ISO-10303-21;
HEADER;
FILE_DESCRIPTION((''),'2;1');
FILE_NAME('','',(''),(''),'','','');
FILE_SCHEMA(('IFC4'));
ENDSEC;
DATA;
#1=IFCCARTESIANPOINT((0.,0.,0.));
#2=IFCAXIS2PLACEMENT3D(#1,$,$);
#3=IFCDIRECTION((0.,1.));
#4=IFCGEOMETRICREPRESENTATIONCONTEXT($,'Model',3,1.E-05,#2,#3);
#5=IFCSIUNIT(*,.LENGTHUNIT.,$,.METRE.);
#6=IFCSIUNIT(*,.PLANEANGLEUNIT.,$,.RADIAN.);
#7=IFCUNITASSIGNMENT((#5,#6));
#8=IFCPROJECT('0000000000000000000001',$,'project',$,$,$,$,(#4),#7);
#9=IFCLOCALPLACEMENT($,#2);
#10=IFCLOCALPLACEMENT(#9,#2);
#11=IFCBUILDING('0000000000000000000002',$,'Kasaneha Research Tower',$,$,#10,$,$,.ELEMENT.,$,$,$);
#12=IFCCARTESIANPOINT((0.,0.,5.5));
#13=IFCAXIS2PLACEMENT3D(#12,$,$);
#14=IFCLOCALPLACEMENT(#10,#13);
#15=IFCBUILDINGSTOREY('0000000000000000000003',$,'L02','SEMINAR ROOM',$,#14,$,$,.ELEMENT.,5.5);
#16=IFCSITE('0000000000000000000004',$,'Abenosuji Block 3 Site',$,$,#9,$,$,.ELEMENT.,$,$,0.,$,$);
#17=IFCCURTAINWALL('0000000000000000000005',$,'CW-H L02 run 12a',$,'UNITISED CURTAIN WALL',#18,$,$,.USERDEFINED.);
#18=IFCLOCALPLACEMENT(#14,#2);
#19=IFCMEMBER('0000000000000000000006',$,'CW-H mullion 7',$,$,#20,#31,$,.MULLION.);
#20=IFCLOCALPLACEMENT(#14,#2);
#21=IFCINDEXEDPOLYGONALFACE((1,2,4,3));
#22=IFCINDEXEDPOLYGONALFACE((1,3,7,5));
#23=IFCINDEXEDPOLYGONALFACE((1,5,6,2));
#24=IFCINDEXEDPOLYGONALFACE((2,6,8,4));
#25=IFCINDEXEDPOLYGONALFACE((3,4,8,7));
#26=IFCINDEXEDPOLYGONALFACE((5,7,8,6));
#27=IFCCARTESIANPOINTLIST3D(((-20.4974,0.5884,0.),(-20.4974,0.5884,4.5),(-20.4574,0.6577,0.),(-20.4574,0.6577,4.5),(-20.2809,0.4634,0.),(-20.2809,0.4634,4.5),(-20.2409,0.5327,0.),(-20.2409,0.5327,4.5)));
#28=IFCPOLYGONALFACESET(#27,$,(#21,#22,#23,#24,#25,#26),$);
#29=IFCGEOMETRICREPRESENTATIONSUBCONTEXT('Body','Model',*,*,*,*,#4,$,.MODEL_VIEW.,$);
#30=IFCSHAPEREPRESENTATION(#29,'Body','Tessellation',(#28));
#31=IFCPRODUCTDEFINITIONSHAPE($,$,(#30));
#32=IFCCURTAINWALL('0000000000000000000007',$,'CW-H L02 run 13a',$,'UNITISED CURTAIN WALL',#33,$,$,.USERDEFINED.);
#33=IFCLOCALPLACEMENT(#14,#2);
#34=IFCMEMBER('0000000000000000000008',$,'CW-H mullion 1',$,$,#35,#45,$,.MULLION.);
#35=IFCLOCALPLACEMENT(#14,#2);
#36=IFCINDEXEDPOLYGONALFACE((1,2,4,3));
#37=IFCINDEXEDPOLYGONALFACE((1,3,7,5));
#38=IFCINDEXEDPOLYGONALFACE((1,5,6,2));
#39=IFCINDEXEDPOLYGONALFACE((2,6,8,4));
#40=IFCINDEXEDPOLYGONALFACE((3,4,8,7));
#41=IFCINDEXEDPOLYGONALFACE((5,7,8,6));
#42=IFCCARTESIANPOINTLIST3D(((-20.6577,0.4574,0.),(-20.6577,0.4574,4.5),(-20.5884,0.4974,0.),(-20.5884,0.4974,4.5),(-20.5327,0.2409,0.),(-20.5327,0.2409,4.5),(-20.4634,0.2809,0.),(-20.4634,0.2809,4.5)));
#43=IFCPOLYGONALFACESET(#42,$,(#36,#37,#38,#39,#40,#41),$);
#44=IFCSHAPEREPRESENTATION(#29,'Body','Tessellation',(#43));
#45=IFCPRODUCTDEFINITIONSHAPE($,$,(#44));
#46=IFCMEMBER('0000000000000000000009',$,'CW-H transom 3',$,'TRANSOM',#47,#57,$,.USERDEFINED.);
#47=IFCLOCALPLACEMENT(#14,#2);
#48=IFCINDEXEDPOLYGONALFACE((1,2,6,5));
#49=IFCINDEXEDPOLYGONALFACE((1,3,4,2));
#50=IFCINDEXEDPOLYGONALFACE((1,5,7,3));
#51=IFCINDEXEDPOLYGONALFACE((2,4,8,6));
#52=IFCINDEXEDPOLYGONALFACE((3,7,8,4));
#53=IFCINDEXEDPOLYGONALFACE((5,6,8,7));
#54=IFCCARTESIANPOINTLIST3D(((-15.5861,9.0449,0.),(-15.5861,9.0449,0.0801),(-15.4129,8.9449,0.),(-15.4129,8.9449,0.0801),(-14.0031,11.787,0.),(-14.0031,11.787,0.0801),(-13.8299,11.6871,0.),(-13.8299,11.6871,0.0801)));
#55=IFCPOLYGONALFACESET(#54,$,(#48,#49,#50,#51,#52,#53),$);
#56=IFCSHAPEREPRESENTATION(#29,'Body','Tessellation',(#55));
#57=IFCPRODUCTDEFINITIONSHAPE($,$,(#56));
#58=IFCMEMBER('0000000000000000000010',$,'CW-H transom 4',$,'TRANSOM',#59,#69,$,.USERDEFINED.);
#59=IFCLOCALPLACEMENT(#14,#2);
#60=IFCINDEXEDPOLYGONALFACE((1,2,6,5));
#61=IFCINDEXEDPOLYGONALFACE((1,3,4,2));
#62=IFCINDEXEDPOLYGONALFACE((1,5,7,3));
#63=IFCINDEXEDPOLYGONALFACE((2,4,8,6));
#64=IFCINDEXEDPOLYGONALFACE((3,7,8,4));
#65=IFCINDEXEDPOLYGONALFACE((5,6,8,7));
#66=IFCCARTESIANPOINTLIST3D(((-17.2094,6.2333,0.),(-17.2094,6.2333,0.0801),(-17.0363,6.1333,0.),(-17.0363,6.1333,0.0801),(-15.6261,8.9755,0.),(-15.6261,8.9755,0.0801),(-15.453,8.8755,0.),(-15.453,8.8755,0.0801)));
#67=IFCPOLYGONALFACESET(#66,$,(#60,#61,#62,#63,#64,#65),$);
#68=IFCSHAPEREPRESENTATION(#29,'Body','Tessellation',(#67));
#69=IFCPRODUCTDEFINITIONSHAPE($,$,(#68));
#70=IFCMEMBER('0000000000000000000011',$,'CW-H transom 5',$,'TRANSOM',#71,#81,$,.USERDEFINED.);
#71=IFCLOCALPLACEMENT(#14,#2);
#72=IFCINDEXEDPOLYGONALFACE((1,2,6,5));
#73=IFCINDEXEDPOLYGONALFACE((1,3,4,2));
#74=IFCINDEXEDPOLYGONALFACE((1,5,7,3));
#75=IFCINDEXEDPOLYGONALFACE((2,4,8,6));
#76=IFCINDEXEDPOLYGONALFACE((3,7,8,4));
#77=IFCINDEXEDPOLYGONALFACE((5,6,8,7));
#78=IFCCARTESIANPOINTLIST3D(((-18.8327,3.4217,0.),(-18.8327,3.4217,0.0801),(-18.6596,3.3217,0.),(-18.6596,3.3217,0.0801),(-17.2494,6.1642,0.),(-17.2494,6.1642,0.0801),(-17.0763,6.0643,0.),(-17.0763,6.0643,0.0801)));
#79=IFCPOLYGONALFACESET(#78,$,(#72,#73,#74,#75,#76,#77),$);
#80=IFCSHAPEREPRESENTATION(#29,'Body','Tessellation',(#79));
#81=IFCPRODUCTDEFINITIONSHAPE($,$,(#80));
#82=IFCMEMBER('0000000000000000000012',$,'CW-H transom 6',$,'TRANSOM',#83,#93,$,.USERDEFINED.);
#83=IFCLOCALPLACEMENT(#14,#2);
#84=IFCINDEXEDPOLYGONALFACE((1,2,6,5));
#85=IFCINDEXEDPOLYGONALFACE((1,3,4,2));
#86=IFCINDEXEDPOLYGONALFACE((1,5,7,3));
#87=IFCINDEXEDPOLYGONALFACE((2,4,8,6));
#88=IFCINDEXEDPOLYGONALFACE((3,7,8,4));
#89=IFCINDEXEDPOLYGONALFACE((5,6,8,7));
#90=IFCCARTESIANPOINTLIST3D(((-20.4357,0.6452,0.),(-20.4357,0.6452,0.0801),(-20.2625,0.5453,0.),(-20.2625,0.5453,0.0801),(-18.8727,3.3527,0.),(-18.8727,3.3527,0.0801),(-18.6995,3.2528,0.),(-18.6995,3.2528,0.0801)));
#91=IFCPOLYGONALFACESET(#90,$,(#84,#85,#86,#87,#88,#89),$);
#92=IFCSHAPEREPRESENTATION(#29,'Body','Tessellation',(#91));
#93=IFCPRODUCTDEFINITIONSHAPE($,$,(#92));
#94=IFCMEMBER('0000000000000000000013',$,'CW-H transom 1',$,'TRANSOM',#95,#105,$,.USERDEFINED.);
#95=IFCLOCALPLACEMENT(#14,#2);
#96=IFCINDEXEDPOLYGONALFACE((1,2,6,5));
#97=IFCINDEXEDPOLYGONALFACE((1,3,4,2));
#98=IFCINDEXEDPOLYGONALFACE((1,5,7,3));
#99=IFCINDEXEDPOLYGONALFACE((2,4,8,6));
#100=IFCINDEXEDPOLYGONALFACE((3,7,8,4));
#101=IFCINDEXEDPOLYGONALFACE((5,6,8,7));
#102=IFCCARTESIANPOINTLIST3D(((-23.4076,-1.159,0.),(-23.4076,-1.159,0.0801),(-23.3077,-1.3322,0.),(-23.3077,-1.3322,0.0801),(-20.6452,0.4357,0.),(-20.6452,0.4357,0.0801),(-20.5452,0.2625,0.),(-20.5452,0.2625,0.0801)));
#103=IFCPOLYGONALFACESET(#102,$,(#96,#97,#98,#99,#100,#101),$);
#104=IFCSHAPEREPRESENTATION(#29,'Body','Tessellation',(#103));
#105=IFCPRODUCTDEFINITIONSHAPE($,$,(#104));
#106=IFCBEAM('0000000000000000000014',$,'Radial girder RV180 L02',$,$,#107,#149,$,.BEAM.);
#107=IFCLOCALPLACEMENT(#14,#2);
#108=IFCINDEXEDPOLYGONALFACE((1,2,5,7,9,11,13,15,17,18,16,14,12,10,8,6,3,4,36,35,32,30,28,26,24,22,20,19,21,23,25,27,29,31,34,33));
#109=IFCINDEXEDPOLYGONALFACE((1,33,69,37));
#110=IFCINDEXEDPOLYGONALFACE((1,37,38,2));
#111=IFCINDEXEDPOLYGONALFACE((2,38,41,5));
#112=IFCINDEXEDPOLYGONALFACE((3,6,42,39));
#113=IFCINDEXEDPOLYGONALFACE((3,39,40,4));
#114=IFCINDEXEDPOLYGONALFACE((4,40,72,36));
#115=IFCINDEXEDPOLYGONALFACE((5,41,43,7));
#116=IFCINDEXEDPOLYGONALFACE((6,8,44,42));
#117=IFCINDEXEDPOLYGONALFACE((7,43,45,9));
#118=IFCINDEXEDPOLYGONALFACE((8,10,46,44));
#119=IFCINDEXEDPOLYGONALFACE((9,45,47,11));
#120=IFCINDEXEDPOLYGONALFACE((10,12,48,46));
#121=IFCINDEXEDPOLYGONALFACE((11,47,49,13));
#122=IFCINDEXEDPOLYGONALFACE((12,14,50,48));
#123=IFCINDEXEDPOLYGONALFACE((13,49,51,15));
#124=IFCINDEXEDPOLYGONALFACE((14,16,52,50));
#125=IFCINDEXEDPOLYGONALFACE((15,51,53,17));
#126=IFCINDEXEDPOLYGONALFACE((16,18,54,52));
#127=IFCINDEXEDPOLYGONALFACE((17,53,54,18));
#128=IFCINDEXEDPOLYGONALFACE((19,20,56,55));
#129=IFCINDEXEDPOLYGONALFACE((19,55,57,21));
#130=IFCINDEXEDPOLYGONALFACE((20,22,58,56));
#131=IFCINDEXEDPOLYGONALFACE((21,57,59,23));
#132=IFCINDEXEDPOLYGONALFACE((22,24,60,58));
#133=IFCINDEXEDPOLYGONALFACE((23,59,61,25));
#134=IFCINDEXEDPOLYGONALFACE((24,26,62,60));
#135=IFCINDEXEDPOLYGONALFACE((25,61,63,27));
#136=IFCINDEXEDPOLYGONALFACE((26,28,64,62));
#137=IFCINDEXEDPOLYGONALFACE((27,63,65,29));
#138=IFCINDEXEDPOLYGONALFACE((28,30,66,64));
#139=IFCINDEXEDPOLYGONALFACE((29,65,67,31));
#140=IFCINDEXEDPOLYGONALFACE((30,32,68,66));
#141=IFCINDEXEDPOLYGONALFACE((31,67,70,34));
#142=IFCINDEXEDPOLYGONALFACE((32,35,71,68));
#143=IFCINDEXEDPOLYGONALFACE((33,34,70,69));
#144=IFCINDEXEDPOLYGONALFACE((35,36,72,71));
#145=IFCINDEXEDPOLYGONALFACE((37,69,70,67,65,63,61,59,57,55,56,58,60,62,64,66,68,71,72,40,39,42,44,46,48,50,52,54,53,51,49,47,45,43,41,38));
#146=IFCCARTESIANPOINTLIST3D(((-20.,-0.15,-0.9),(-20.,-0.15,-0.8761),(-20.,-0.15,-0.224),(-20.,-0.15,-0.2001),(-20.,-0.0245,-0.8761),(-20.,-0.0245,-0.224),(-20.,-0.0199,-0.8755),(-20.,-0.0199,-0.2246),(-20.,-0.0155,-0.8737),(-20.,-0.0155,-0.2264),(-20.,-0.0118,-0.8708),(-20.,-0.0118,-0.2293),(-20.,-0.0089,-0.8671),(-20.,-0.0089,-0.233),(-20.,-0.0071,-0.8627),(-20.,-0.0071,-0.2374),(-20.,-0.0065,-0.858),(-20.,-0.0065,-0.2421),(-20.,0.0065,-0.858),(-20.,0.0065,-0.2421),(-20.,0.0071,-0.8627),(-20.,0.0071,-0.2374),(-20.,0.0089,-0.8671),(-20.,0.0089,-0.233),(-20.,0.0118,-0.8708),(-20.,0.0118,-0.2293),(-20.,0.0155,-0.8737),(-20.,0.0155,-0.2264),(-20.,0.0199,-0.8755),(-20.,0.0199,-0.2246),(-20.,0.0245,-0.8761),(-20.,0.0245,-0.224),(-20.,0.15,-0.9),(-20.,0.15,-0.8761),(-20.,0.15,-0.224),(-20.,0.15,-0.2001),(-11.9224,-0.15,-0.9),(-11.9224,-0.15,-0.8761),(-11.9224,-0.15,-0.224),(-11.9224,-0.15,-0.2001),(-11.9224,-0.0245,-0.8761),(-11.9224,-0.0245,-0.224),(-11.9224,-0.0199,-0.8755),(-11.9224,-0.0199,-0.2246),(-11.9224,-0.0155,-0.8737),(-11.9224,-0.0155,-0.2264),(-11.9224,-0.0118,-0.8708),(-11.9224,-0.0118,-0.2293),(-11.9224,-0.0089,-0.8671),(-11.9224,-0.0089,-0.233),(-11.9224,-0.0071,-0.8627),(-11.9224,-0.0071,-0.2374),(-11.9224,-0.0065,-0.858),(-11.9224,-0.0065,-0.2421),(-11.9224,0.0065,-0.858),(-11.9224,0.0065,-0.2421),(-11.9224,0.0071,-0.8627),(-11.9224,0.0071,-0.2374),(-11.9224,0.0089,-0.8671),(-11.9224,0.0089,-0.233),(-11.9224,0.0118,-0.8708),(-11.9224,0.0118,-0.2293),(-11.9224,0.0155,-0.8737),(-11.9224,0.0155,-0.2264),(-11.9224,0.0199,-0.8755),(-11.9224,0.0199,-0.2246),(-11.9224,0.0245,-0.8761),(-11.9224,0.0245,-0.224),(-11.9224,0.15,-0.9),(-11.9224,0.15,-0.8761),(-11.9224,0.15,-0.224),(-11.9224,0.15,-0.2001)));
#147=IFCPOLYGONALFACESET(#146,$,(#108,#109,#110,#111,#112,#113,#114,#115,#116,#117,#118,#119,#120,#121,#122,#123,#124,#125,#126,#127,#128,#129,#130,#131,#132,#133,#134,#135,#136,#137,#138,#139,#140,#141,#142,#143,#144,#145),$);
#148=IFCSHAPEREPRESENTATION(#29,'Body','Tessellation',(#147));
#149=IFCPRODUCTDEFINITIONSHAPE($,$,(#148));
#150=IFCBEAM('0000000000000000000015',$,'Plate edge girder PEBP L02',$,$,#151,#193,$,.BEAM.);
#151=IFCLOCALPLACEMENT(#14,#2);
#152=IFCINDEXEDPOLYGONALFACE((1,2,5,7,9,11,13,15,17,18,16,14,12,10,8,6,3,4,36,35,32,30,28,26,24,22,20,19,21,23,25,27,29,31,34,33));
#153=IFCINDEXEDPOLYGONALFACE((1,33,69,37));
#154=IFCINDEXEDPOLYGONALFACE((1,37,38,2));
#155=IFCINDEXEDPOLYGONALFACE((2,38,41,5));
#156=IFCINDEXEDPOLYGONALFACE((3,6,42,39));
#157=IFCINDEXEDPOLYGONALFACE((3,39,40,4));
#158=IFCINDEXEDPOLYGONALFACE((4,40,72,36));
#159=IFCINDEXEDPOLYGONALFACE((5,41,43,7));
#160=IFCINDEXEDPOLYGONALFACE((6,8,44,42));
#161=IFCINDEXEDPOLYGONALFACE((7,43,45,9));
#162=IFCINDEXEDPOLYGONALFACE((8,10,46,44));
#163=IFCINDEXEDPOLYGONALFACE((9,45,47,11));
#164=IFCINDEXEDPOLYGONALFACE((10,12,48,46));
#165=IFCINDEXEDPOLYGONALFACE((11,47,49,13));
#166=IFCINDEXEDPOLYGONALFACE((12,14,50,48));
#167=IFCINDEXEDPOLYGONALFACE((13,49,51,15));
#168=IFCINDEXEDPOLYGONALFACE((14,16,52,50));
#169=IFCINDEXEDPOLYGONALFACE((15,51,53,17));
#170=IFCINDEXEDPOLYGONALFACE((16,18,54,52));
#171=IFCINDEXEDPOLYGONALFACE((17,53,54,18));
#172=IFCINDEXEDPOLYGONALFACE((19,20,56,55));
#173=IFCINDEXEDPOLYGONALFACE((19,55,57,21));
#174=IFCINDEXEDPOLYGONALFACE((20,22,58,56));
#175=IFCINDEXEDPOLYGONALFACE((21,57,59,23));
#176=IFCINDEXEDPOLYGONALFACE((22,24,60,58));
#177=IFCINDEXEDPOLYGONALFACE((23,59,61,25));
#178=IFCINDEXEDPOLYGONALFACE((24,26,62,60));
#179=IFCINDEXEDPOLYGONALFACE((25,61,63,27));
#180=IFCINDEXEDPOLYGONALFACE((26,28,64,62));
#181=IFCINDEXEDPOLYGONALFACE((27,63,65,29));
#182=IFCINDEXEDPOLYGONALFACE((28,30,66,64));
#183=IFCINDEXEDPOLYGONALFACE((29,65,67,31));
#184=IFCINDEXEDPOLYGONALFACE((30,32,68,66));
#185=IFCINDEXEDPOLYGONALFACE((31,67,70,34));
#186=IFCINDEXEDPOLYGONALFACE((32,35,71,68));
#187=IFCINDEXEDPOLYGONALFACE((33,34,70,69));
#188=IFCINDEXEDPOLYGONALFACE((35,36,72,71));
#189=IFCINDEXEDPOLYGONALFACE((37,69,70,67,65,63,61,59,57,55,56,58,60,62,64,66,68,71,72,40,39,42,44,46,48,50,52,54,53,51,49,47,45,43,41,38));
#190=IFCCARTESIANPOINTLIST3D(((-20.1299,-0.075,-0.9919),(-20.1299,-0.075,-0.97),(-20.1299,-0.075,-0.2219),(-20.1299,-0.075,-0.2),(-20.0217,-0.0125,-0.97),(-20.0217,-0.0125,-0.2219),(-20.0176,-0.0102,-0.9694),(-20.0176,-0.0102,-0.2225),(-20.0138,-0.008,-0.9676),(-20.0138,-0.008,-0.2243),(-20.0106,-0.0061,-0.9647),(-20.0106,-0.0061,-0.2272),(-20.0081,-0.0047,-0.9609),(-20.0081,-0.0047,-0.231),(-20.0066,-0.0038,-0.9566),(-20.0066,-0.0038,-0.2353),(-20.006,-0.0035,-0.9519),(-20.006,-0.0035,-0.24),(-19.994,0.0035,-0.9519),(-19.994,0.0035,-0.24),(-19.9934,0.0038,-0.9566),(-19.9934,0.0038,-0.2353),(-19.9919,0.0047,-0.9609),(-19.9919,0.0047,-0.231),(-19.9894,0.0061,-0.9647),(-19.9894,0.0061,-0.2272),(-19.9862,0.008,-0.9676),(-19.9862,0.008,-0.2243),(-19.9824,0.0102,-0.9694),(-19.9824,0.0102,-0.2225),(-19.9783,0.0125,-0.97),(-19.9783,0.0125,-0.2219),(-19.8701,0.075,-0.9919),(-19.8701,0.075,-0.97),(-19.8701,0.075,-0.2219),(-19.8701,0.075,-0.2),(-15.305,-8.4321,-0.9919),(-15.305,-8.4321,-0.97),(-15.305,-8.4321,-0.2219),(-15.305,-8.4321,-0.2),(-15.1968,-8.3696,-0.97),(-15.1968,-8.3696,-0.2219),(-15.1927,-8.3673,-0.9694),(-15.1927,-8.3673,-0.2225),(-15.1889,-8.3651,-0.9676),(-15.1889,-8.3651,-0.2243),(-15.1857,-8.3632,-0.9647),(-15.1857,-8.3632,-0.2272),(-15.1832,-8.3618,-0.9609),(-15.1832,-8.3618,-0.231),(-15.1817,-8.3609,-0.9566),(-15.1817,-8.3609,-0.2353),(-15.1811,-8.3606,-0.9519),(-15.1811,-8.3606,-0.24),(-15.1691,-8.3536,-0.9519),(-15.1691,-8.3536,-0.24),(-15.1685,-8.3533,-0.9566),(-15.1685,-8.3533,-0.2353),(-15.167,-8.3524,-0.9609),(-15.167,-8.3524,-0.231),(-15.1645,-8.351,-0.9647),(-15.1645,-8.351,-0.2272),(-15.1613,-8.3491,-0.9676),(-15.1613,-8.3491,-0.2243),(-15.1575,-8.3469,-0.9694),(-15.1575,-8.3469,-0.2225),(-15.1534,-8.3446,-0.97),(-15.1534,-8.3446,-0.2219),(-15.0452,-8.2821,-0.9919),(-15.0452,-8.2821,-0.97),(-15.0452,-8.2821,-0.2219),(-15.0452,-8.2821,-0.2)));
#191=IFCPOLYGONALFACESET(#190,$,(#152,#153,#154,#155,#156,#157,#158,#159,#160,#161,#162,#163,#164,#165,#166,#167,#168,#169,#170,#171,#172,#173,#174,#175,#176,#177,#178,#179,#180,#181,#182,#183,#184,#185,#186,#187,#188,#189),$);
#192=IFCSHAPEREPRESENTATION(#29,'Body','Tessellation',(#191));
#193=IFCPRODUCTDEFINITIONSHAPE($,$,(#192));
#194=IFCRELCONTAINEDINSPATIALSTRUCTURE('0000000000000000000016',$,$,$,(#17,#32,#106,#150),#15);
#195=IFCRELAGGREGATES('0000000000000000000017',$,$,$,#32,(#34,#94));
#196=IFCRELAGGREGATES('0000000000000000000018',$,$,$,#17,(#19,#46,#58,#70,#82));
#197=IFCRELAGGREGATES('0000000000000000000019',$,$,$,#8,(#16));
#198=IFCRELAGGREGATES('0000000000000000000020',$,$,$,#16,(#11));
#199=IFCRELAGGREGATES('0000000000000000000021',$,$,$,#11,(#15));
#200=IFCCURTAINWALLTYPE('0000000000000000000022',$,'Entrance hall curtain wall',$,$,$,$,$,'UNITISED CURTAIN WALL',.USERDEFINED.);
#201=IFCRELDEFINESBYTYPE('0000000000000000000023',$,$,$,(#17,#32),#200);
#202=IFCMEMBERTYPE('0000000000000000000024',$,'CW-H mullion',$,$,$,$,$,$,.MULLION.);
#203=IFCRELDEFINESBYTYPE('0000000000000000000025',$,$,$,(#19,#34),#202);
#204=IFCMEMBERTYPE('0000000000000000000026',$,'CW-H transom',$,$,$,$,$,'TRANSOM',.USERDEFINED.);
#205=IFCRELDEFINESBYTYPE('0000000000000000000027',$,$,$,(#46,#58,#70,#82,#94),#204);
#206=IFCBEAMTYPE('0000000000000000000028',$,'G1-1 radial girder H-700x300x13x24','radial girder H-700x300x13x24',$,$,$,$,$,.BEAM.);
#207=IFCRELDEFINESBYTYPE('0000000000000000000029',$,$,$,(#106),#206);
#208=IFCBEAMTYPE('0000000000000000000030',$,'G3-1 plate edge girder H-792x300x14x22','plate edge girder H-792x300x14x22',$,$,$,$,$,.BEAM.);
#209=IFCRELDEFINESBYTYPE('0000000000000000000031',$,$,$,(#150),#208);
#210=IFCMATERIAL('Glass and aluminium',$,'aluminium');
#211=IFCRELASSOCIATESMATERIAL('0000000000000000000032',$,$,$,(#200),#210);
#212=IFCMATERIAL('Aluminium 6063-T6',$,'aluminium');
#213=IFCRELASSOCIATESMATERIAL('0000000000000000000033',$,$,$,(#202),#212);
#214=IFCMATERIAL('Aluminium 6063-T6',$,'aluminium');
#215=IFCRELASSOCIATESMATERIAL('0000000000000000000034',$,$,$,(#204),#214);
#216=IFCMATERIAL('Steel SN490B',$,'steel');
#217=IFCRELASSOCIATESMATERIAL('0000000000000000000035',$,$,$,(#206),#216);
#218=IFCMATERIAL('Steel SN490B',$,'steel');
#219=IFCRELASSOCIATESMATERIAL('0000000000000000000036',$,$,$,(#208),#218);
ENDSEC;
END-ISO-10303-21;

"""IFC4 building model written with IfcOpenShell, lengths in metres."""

from ifc_helpers import new_model, si_unit, direction, frame, origin, origin_2d, place, context, subcontext, project, spatial, rectangle, i_section, extrude, material, material_profile, profile_set, type_object, element, aggregate, save


model = new_model("IFC4")

# Units and contexts
model_context = context("Model", 3, precision=1e-05, world=origin(), true_north=direction((0.0, 1.0)))
body_context = subcontext(model_context, "Body", "Model", "MODEL_VIEW")
ifc_project = project(units=[si_unit("LENGTHUNIT", "METRE"), si_unit("PLANEANGLEUNIT", "RADIAN")], contexts=[model_context])

# Site, building, storey
site_placement = place(None, origin())
site = spatial("IfcSite", under=ifc_project, at=site_placement, Name="Abenosuji Block 3 Site", CompositionType="ELEMENT", RefElevation=0.0)
building_placement = place(site_placement, origin())
building = spatial("IfcBuilding", under=site, at=building_placement, Name="Kasaneha Research Tower", CompositionType="ELEMENT")
storey_placement = place(building_placement, frame((0.0, 0.0, 5.5)))
storey = spatial("IfcBuildingStorey", under=building, at=storey_placement, Name="L02", Description="SEMINAR ROOM", CompositionType="ELEMENT", Elevation=5.5)

# Curtain wall, member
ifc_material_1 = material(Name="Glass and aluminium", Category="aluminium")
curtain_wall_type = type_object("IfcCurtainWallType", Name="Entrance hall curtain wall", ElementType="UNITISED CURTAIN WALL", PredefinedType="USERDEFINED", material=ifc_material_1)
curtain_wall_1_placement = place(storey_placement, origin())
curtain_wall_1 = element("IfcCurtainWall", 1, at=curtain_wall_1_placement, inside=storey, type_object=curtain_wall_type, Name="CW-H L02 run 12a", ObjectType="UNITISED CURTAIN WALL", PredefinedType="USERDEFINED")
ifc_material_2 = material(Name="Aluminium 6063-T6", Category="aluminium")
ifc_material_profile_1 = material_profile(ifc_material_2, rectangle(XDim=0.0801, YDim=0.25, at=origin_2d()), Name="CW-H mullion 80x250")
ifc_profile_set_1 = profile_set([ifc_material_profile_1], Name="Aluminium 6063-T6")
member_type_1 = type_object("IfcMemberType", Name="CW-H mullion", PredefinedType="MULLION", material=ifc_profile_set_1)
member_1_placement = place(storey_placement, frame((-20.3691, 0.5605, 0.0), z_axis=(0.0, 0.0, 1.0), x_axis=(-0.5, -0.866025, 0.0)))
member_1 = element("IfcMember", 2, at=member_1_placement, type_object=member_type_1, Name="CW-H mullion 7", PredefinedType="MULLION", context=body_context, shape_type="SweptSolid", body=[
    extrude(rectangle(XDim=0.0801, YDim=0.25, at=origin_2d()), origin(), (0.0, 0.0, 1.0), 4.5),
])

# Curtain wall, member
curtain_wall_2_placement = place(storey_placement, origin())
curtain_wall_2 = element("IfcCurtainWall", 3, at=curtain_wall_2_placement, inside=storey, type_object=curtain_wall_type, Name="CW-H L02 run 13a", ObjectType="UNITISED CURTAIN WALL", PredefinedType="USERDEFINED")
member_2_placement = place(storey_placement, frame((-20.5605, 0.3691, 0.0), z_axis=(0.0, 0.0, 1.0), x_axis=(-0.866025, -0.5, 0.0)))
member_2 = element("IfcMember", 4, at=member_2_placement, type_object=member_type_1, Name="CW-H mullion 1", PredefinedType="MULLION", context=body_context, shape_type="SweptSolid", body=[
    extrude(rectangle(XDim=0.0801, YDim=0.25, at=origin_2d()), origin(), (0.0, 0.0, 1.0), 4.5),
])

# Members
ifc_material_3 = material(Name="Aluminium 6063-T6", Category="aluminium")
ifc_material_profile_2 = material_profile(ifc_material_3, rectangle(XDim=0.2, YDim=0.0801, at=origin_2d()), Name="CW-H transom 200x80")
ifc_profile_set_2 = profile_set([ifc_material_profile_2], Name="Aluminium 6063-T6")
member_type_2 = type_object("IfcMemberType", Name="CW-H transom", ElementType="TRANSOM", PredefinedType="USERDEFINED", material=ifc_profile_set_2)
member_3_placement = place(storey_placement, frame((-13.9165, 11.7371, 0.04), z_axis=(-0.499954, -0.866052, 0.0), x_axis=(0.866052, -0.499954, 0.0)))
member_3 = element("IfcMember", 5, at=member_3_placement, type_object=member_type_2, Name="CW-H transom 3", ObjectType="TRANSOM", PredefinedType="USERDEFINED", context=body_context, shape_type="SweptSolid", body=[
    extrude(rectangle(XDim=0.2, YDim=0.0801, at=origin_2d()), origin(), (0.0, 0.0, 1.0), 3.1663),
])
member_4_placement = place(storey_placement, frame((-15.5396, 8.9255, 0.04), z_axis=(-0.500012, -0.866019, 0.0), x_axis=(0.866019, -0.500012, 0.0)))
member_4 = element("IfcMember", 6, at=member_4_placement, type_object=member_type_2, Name="CW-H transom 4", ObjectType="TRANSOM", PredefinedType="USERDEFINED", context=body_context, shape_type="SweptSolid", body=[
    extrude(rectangle(XDim=0.2, YDim=0.0801, at=origin_2d()), origin(), (0.0, 0.0, 1.0), 3.1665),
])
member_5_placement = place(storey_placement, frame((-17.1628, 6.1143, 0.04), z_axis=(-0.499978, -0.866038, 0.0), x_axis=(0.866038, -0.499978, 0.0)))
member_5 = element("IfcMember", 7, at=member_5_placement, type_object=member_type_2, Name="CW-H transom 5", ObjectType="TRANSOM", PredefinedType="USERDEFINED", context=body_context, shape_type="SweptSolid", body=[
    extrude(rectangle(XDim=0.2, YDim=0.0801, at=origin_2d()), origin(), (0.0, 0.0, 1.0), 3.1667),
])
member_6_placement = place(storey_placement, frame((-18.7861, 3.3027, 0.04), z_axis=(-0.499952, -0.866053, 0.0), x_axis=(0.866053, -0.499952, 0.0)))
member_6 = element("IfcMember", 8, at=member_6_placement, type_object=member_type_2, Name="CW-H transom 6", ObjectType="TRANSOM", PredefinedType="USERDEFINED", context=body_context, shape_type="SweptSolid", body=[
    extrude(rectangle(XDim=0.2, YDim=0.0801, at=origin_2d()), origin(), (0.0, 0.0, 1.0), 3.1262),
])
member_7_placement = place(storey_placement, frame((-20.5952, 0.3491, 0.04), z_axis=(-0.866049, -0.499959, 0.0), x_axis=(0.499959, -0.866049, 0.0)))
member_7 = element("IfcMember", 9, at=member_7_placement, type_object=member_type_2, Name="CW-H transom 1", ObjectType="TRANSOM", PredefinedType="USERDEFINED", context=body_context, shape_type="SweptSolid", body=[
    extrude(rectangle(XDim=0.2, YDim=0.0801, at=origin_2d()), origin(), (0.0, 0.0, 1.0), 3.1897),
])
aggregate(curtain_wall_2, [member_2, member_7])

# Beams
ifc_material_4 = material(Name="Steel SN490B", Category="steel")
ifc_material_profile_3 = material_profile(ifc_material_4, i_section(OverallWidth=0.3, OverallDepth=0.7, WebThickness=0.0129, FlangeThickness=0.0239, FilletRadius=0.0181, at=origin_2d()), Name="H-700x300x13x24")
ifc_profile_set_3 = profile_set([ifc_material_profile_3], Name="Steel SN490B")
beam_type_1 = type_object("IfcBeamType", Name="G1-1 radial girder H-700x300x13x24", Description="radial girder H-700x300x13x24", PredefinedType="BEAM", material=ifc_profile_set_3)
beam_1_placement = place(storey_placement, frame((-11.9224, 0.0, -0.55), z_axis=(-1.0, 0.0, 0.0), x_axis=(0.0, -1.0, 0.0)))
element("IfcBeam", 10, at=beam_1_placement, inside=storey, type_object=beam_type_1, Name="Radial girder RV180 L02", PredefinedType="BEAM", context=body_context, shape_type="SweptSolid", body=[
    extrude(i_section(OverallWidth=0.3, OverallDepth=0.7, WebThickness=0.0129, FlangeThickness=0.0239, FilletRadius=0.0181, at=origin_2d()), origin(), (0.0, 0.0, 1.0), 8.0776),
])
ifc_material_5 = material(Name="Steel SN490B", Category="steel")
ifc_material_profile_4 = material_profile(ifc_material_5, i_section(OverallWidth=0.3, OverallDepth=0.792, WebThickness=0.0139, FlangeThickness=0.022, FilletRadius=0.0181, at=origin_2d()), Name="H-792x300x14x22")
ifc_profile_set_4 = profile_set([ifc_material_profile_4], Name="Steel SN490B")
beam_type_2 = type_object("IfcBeamType", Name="G3-1 plate edge girder H-792x300x14x22", Description="plate edge girder H-792x300x14x22", PredefinedType="BEAM", material=ifc_profile_set_4)
beam_2_placement = place(storey_placement, frame((-20.0, 0.0, -0.5959), z_axis=(0.499995, -0.866028, 0.0), x_axis=(0.866028, 0.499995, 0.0)))
element("IfcBeam", 11, at=beam_2_placement, inside=storey, type_object=beam_type_2, Name="Plate edge girder PEBP L02", PredefinedType="BEAM", context=body_context, shape_type="SweptSolid", body=[
    extrude(i_section(OverallWidth=0.3, OverallDepth=0.792, WebThickness=0.0139, FlangeThickness=0.022, FilletRadius=0.0181, at=origin_2d()), origin(), (0.0, 0.0, 1.0), 9.6499),
])

aggregate(curtain_wall_1, [member_1, member_3, member_4, member_5, member_6])

save(model, "model.ifc")
